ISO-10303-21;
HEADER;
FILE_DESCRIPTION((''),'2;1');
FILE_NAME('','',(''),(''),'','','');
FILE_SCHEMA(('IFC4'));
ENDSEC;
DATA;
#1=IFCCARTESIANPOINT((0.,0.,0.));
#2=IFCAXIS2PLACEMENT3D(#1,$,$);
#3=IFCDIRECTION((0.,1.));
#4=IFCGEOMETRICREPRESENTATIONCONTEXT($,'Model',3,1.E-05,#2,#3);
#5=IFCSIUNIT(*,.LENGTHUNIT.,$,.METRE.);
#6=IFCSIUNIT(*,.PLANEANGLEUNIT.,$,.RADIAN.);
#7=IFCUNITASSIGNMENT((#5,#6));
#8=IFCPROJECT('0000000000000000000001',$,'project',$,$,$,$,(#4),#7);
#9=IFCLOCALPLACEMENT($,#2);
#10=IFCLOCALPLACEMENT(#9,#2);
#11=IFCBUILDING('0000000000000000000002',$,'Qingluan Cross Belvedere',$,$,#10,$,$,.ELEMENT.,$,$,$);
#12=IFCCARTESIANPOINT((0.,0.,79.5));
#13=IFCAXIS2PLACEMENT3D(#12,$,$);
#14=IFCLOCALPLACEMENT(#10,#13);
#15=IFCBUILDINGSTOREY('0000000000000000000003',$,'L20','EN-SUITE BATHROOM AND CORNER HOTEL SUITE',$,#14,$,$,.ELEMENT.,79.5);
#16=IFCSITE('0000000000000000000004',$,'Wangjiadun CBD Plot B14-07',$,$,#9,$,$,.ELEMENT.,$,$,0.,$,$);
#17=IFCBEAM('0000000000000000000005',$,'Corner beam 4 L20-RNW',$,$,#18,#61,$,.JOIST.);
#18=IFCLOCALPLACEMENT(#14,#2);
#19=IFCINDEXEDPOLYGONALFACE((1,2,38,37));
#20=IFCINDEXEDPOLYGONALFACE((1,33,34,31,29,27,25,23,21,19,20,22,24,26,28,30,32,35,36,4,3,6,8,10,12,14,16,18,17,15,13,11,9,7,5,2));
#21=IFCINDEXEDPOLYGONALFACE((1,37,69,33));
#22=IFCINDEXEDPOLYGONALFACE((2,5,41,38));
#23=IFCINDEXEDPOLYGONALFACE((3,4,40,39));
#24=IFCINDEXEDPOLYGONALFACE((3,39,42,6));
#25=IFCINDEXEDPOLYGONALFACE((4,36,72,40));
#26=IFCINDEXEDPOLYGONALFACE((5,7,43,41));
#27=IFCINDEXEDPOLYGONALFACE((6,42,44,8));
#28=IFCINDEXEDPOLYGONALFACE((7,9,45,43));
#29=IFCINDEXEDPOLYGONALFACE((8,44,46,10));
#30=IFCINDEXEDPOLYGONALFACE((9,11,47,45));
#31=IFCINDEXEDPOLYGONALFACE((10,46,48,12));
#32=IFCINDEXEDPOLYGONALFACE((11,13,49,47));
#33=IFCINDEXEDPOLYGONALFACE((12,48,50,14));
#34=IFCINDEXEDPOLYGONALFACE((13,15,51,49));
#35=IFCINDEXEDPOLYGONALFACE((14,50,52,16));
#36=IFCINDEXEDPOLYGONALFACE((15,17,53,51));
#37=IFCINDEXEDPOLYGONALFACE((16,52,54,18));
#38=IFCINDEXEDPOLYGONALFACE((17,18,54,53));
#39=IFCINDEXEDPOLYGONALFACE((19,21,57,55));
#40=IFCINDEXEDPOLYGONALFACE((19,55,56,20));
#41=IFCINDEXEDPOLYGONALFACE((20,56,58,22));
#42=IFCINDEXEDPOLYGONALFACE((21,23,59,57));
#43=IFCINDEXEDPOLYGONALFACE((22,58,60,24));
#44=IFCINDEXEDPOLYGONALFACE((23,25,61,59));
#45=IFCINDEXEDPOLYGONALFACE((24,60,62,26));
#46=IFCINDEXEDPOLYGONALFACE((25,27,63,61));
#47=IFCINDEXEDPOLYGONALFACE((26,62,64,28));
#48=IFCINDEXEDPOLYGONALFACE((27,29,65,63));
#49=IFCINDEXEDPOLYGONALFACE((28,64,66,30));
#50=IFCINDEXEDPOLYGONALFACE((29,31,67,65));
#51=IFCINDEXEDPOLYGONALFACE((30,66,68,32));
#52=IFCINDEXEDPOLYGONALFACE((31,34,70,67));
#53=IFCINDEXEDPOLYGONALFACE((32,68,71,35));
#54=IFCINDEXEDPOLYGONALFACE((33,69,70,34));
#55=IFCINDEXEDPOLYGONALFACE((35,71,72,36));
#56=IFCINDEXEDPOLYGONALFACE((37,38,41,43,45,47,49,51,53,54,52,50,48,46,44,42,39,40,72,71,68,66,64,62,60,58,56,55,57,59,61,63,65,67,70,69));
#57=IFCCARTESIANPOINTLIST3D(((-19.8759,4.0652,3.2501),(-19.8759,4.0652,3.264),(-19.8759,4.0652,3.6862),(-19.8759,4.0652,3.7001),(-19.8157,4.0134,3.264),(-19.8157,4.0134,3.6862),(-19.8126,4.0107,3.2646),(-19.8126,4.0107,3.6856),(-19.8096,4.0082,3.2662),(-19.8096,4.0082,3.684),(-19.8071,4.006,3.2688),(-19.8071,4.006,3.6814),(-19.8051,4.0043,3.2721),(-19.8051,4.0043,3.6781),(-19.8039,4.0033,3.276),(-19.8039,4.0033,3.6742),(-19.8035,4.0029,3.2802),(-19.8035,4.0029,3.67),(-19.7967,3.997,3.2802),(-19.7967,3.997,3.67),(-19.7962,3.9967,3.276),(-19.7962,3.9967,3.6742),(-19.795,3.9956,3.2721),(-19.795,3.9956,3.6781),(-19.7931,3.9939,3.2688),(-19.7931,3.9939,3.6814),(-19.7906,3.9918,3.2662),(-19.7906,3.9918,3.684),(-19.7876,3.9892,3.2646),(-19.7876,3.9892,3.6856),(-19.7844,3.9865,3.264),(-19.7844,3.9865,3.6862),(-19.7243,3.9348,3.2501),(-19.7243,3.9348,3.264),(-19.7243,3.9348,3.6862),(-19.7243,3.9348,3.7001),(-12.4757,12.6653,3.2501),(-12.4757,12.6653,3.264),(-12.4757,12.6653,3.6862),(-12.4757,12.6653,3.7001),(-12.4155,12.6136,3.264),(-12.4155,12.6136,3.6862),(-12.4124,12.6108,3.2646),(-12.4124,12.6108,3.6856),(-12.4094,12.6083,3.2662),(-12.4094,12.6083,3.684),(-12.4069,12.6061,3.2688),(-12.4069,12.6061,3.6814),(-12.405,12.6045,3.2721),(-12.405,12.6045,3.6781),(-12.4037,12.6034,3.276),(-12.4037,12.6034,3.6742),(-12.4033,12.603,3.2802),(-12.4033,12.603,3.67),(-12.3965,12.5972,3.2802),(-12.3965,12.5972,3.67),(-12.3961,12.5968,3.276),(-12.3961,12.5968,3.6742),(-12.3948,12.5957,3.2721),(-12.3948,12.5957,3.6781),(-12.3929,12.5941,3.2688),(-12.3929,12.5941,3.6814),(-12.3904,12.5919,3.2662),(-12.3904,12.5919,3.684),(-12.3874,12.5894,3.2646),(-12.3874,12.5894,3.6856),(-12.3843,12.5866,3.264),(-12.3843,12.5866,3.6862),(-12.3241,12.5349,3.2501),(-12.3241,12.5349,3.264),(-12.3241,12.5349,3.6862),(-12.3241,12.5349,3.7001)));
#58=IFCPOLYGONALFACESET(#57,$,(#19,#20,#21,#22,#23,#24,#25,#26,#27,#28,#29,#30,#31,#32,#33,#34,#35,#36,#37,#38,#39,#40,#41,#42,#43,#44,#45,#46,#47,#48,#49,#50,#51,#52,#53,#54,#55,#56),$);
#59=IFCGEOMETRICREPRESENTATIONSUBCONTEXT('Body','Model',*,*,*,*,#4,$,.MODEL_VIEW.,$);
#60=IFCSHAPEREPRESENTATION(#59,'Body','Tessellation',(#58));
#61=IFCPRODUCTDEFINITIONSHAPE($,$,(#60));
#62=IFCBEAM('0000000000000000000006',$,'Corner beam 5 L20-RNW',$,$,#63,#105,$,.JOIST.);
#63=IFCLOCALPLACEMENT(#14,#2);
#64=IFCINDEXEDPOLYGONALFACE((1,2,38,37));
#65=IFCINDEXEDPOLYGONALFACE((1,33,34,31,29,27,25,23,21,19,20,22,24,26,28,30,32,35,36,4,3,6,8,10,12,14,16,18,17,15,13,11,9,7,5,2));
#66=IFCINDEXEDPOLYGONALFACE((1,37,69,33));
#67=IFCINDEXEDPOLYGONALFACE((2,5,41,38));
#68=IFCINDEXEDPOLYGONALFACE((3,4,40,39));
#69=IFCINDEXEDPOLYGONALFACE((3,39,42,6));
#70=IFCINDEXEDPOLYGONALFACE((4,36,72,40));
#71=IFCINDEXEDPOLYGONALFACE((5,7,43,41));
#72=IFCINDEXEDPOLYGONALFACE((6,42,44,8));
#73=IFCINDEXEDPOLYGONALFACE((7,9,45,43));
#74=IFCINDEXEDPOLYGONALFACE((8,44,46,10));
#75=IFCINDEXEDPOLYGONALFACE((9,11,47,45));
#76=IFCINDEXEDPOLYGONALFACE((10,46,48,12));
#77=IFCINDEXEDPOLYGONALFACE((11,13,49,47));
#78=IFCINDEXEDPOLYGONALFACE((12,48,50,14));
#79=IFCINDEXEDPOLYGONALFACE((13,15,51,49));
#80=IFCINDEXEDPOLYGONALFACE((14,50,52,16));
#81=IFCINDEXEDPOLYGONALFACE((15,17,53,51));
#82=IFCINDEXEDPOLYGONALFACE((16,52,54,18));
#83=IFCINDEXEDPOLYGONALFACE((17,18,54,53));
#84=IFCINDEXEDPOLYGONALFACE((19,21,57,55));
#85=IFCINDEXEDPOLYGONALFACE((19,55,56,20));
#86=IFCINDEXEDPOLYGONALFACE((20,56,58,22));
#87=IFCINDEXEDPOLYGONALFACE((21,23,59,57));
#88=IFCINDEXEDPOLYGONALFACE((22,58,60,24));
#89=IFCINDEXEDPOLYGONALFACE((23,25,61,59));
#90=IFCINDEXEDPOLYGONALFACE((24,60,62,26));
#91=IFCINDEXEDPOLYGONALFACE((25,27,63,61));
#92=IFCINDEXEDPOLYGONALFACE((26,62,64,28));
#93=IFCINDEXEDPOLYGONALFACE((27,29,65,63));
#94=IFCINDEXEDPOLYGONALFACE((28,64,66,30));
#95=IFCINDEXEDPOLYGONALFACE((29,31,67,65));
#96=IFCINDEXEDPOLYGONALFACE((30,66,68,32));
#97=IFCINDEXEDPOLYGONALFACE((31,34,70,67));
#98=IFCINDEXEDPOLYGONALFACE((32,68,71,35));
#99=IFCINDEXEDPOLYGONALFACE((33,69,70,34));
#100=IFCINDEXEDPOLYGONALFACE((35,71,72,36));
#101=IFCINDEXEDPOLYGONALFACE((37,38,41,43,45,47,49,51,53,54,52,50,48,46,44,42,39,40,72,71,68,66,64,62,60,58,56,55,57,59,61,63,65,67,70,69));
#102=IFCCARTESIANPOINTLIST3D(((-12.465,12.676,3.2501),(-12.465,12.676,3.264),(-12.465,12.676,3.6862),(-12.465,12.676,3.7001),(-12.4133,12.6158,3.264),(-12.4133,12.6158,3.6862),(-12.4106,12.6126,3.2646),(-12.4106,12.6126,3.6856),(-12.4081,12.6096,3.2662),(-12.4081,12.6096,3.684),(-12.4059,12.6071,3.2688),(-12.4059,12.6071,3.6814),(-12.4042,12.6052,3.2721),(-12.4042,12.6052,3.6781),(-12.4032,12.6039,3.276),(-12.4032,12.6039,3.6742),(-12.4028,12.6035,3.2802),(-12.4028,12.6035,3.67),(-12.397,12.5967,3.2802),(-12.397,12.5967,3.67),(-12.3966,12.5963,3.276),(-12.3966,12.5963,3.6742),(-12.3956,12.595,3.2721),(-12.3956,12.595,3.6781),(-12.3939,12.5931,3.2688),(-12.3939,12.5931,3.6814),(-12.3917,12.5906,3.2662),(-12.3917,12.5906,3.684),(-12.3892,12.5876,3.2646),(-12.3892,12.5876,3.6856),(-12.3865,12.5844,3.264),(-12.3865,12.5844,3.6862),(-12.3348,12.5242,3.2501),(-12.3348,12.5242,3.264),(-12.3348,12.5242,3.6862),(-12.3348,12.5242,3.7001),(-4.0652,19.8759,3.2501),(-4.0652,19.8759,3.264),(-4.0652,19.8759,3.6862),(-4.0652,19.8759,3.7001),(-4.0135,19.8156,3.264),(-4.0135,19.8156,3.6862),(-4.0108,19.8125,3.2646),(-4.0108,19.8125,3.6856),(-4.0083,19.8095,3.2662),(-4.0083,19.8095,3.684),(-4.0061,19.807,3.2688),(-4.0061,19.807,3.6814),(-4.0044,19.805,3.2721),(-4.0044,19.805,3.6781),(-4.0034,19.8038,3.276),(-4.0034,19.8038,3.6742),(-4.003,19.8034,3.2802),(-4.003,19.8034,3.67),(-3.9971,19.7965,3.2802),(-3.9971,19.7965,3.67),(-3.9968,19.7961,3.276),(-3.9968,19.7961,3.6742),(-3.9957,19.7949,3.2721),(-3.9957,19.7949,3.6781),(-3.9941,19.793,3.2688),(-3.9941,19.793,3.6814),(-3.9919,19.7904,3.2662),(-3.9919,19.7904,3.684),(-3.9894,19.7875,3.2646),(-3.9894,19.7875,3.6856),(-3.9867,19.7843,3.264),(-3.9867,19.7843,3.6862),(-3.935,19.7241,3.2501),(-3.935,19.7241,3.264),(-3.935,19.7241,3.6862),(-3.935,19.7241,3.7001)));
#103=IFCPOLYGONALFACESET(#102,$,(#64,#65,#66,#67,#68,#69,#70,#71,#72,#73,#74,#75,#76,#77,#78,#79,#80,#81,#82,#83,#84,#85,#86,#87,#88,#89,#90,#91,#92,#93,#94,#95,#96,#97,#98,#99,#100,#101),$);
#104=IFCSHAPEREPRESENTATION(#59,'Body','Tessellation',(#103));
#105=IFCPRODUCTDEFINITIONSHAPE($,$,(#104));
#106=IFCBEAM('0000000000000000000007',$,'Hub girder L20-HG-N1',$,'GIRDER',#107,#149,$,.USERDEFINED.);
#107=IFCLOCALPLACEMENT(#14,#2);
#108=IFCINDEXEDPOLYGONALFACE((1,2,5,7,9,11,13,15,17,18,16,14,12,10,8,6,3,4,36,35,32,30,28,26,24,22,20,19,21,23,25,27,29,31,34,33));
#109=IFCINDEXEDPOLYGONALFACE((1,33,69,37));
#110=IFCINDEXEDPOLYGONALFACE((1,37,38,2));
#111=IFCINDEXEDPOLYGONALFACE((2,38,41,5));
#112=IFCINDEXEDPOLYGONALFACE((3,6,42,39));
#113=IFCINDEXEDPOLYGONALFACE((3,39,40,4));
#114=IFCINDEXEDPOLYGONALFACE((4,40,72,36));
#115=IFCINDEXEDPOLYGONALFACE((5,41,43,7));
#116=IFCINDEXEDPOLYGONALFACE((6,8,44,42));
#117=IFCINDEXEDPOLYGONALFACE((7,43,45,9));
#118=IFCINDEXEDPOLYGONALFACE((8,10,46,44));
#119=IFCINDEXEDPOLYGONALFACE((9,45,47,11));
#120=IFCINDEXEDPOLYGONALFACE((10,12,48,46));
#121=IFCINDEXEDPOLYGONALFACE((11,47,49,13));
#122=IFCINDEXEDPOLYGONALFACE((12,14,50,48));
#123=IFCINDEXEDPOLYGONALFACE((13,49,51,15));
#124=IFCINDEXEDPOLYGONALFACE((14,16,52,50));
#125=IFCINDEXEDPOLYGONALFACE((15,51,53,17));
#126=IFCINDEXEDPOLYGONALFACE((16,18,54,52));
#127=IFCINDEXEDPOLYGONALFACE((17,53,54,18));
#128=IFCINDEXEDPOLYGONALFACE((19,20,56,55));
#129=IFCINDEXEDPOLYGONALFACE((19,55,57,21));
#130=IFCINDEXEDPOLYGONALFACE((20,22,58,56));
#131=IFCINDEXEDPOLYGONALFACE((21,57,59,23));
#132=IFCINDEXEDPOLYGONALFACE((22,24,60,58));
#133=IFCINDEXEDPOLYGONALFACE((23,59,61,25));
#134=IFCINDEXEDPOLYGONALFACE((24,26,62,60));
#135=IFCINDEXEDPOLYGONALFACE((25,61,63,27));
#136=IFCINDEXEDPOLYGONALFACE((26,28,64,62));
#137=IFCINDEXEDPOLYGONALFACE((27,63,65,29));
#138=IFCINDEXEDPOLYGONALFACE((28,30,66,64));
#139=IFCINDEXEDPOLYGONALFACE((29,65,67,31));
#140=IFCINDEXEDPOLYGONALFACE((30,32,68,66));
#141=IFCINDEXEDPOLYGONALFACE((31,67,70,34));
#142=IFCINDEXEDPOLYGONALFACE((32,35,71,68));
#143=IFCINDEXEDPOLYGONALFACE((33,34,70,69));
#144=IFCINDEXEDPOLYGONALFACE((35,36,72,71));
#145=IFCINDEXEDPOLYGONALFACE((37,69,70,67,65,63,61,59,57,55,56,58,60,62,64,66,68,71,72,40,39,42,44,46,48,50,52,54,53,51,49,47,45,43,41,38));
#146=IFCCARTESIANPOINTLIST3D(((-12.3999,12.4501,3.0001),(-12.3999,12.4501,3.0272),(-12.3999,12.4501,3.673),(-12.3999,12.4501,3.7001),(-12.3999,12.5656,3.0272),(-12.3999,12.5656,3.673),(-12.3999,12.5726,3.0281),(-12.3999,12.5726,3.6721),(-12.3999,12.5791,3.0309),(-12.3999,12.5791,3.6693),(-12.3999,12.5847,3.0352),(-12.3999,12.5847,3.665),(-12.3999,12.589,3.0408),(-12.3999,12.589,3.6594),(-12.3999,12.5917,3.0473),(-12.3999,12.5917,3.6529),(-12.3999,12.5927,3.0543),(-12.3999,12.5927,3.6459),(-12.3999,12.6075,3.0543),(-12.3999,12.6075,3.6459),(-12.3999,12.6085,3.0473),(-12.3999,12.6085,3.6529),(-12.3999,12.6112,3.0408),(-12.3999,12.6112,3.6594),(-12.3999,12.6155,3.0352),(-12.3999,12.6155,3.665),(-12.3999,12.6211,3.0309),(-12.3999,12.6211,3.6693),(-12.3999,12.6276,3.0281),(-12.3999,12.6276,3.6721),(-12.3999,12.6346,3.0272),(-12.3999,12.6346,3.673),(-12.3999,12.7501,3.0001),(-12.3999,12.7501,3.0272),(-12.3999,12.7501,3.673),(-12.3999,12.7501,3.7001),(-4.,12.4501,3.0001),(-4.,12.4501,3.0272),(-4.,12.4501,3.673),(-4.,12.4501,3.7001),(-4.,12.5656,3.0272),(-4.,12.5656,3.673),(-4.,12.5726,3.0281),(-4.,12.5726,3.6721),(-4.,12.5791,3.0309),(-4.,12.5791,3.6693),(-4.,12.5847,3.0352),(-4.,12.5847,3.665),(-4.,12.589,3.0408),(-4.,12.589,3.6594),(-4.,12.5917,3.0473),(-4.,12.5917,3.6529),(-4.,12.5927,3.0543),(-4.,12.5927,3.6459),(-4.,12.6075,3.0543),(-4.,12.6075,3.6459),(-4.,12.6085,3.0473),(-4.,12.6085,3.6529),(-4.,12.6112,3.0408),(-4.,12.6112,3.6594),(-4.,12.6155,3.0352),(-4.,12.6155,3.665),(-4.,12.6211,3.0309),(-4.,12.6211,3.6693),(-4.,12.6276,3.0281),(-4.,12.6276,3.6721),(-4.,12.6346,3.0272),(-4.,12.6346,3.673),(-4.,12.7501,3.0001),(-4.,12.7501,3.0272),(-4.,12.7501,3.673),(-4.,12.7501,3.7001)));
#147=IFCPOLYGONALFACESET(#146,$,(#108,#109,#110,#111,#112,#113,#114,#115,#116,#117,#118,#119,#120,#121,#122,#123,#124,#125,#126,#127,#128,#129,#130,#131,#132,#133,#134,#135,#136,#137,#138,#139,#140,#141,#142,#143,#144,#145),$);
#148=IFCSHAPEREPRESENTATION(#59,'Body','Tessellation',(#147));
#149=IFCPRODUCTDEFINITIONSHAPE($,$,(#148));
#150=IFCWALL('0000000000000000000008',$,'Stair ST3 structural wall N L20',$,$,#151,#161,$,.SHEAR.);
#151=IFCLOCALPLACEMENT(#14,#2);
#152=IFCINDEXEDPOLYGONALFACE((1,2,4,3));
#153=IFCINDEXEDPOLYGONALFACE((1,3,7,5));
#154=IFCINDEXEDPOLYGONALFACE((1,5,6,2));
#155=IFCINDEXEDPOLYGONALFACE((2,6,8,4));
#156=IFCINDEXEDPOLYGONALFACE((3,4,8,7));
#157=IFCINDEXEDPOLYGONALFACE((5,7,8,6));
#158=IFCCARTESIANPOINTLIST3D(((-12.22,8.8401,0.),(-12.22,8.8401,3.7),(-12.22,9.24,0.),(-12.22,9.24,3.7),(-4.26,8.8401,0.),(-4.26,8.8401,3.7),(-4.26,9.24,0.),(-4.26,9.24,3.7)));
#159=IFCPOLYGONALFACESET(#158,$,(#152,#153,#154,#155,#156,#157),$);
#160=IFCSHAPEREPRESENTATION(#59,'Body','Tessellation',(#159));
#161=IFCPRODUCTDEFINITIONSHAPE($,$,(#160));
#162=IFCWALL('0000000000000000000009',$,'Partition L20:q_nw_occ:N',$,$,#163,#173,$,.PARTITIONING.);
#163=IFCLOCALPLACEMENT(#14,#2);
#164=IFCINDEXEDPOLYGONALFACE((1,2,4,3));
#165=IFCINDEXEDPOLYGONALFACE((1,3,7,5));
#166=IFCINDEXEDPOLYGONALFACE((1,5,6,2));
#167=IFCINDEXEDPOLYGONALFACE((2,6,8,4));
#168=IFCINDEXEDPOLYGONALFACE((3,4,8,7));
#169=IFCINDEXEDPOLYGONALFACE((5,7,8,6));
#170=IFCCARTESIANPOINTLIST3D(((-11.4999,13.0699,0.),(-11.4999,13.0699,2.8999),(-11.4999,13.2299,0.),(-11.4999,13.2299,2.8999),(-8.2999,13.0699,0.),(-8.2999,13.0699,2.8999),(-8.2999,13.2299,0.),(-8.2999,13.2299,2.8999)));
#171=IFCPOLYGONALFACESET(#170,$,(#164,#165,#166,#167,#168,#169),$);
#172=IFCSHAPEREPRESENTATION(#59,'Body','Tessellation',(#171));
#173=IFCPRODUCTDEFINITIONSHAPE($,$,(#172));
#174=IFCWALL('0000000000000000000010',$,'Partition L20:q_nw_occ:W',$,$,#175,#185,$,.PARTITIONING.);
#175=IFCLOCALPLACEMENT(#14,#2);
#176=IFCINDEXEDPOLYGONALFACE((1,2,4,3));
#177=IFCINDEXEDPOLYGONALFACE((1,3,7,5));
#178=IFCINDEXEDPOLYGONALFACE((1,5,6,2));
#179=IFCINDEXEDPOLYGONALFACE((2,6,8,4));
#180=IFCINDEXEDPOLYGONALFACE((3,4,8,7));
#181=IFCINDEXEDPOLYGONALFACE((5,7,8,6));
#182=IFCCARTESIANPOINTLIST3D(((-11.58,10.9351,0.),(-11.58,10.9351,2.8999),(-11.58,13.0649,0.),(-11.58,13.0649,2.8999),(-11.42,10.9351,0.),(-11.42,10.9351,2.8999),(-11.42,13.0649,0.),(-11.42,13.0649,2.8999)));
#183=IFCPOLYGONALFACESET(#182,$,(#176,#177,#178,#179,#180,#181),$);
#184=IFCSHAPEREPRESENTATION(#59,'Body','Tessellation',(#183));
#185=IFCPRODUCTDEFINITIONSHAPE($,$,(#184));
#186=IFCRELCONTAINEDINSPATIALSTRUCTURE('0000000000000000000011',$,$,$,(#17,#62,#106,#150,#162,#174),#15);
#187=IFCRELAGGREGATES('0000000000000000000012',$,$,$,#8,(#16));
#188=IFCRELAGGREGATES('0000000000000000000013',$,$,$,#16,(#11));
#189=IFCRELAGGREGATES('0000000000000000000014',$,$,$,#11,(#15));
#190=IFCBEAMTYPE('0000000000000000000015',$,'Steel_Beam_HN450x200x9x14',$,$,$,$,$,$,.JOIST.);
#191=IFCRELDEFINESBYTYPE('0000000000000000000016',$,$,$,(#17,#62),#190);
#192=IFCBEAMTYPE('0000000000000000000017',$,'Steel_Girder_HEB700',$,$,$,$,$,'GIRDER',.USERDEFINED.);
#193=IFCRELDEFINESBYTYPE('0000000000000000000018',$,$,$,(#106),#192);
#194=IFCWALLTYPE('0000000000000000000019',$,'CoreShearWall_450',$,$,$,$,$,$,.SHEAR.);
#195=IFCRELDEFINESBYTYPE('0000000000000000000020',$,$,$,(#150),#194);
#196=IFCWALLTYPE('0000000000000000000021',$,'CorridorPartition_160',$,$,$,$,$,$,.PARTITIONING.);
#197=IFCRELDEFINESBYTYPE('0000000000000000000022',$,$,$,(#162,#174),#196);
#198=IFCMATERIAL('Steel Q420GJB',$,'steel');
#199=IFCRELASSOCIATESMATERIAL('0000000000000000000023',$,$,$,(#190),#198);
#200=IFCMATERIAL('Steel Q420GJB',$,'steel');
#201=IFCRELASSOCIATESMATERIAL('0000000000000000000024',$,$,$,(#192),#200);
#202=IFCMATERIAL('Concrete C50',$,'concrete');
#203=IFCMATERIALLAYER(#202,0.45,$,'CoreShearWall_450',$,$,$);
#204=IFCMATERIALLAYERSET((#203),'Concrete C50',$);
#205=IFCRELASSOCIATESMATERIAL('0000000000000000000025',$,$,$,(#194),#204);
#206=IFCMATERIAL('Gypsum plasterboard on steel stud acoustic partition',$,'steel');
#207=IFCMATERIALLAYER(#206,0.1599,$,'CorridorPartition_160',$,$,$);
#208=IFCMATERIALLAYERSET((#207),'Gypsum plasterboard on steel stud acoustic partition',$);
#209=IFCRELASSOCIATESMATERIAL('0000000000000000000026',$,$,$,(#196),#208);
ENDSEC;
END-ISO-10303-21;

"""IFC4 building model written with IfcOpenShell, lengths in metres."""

from ifc_helpers import new_model, si_unit, direction, frame, frame_2d, origin, origin_2d, place, context, subcontext, project, spatial, rectangle, i_section, extrude, material, layer, layer_set, material_profile, profile_set, type_object, element, save


model = new_model("IFC4")

# Units and contexts
model_context = context("Model", 3, precision=1e-05, world=origin(), true_north=direction((0.0, 1.0)))
body_context = subcontext(model_context, "Body", "Model", "MODEL_VIEW")
ifc_project = project(units=[si_unit("LENGTHUNIT", "METRE"), si_unit("PLANEANGLEUNIT", "RADIAN")], contexts=[model_context])

# Site, building, storey
site_placement = place(None, origin())
site = spatial("IfcSite", under=ifc_project, at=site_placement, Name="Wangjiadun CBD Plot B14-07", CompositionType="ELEMENT", RefElevation=0.0)
building_placement = place(site_placement, origin())
building = spatial("IfcBuilding", under=site, at=building_placement, Name="Qingluan Cross Belvedere", CompositionType="ELEMENT")
storey_placement = place(building_placement, frame((0.0, 0.0, 79.5)))
storey = spatial("IfcBuildingStorey", under=building, at=storey_placement, Name="L20", Description="EN-SUITE BATHROOM AND CORNER HOTEL SUITE", CompositionType="ELEMENT", Elevation=79.5)

# Beams
ifc_material_1 = material(Name="Steel Q420GJB", Category="steel")
ifc_material_profile_1 = material_profile(ifc_material_1, i_section(OverallWidth=0.2, OverallDepth=0.45, WebThickness=0.009, FlangeThickness=0.0139, FilletRadius=0.0161, at=origin_2d()), Name="HN450x200x9x14")
ifc_profile_set_1 = profile_set([ifc_material_profile_1], Name="Steel Q420GJB")
beam_type_1 = type_object("IfcBeamType", Name="Steel_Beam_HN450x200x9x14", PredefinedType="JOIST", material=ifc_profile_set_1)
beam_1_placement = place(storey_placement, frame((-12.3999, 12.6001, 3.4751), z_axis=(-0.652245, -0.758008, 0.0), x_axis=(0.758008, -0.652245, 0.0)))
element("IfcBeam", 1, at=beam_1_placement, inside=storey, type_object=beam_type_1, Name="Corner beam 4 L20-RNW", PredefinedType="JOIST", context=body_context, shape_type="SweptSolid", body=[
    extrude(i_section(OverallWidth=0.2, OverallDepth=0.45, WebThickness=0.009, FlangeThickness=0.0139, FilletRadius=0.0161, at=origin_2d()), origin(), (0.0, 0.0, 1.0), 11.3457),
])
beam_2_placement = place(storey_placement, frame((-12.3999, 12.6001, 3.4751), z_axis=(0.759255, 0.650793, 0.0), x_axis=(-0.650793, 0.759255, 0.0)))
element("IfcBeam", 2, at=beam_2_placement, inside=storey, type_object=beam_type_1, Name="Corner beam 5 L20-RNW", PredefinedType="JOIST", context=body_context, shape_type="SweptSolid", body=[
    extrude(i_section(OverallWidth=0.2, OverallDepth=0.45, WebThickness=0.009, FlangeThickness=0.0139, FilletRadius=0.0161, at=origin_2d()), origin(), (0.0, 0.0, 1.0), 11.0632),
])
ifc_material_2 = material(Name="Steel Q420GJB", Category="steel")
ifc_material_profile_2 = material_profile(ifc_material_2, i_section(OverallWidth=0.3, OverallDepth=0.7, WebThickness=0.0149, FlangeThickness=0.0271, FilletRadius=0.0271, at=origin_2d()), Name="HEB700")
ifc_profile_set_2 = profile_set([ifc_material_profile_2], Name="Steel Q420GJB")
beam_type_2 = type_object("IfcBeamType", Name="Steel_Girder_HEB700", ElementType="GIRDER", PredefinedType="USERDEFINED", material=ifc_profile_set_2)
beam_3_placement = place(storey_placement, frame((-12.3999, 12.6001, 3.3501), z_axis=(1.0, 0.0, 0.0), x_axis=(0.0, 1.0, 0.0)))
element("IfcBeam", 3, at=beam_3_placement, inside=storey, type_object=beam_type_2, Name="Hub girder L20-HG-N1", ObjectType="GIRDER", PredefinedType="USERDEFINED", context=body_context, shape_type="SweptSolid", body=[
    extrude(i_section(OverallWidth=0.3, OverallDepth=0.7, WebThickness=0.0149, FlangeThickness=0.0271, FilletRadius=0.0271, at=origin_2d()), origin(), (0.0, 0.0, 1.0), 8.3999),
])

# Wall
ifc_material_3 = material(Name="Concrete C50", Category="concrete")
ifc_layer_1 = layer(ifc_material_3, 0.45, Name="CoreShearWall_450")
ifc_layer_set_1 = layer_set([ifc_layer_1], Name="Concrete C50")
wall_type_1 = type_object("IfcWallType", Name="CoreShearWall_450", PredefinedType="SHEAR", material=ifc_layer_set_1)
wall_1_placement = place(storey_placement, frame((-12.22, 9.04, 0.0), z_axis=(0.0, 0.0, 1.0), x_axis=(1.0, 0.0, 0.0)))
element("IfcWall", 4, at=wall_1_placement, inside=storey, type_object=wall_type_1, Name="Stair ST3 structural wall N L20", PredefinedType="SHEAR", context=body_context, shape_type="SweptSolid", body=[
    extrude(rectangle(XDim=7.96, YDim=0.3999, at=frame_2d((3.98, 0.0))), origin(), (0.0, 0.0, 1.0), 3.7),
])

# Shared definitions
ifc_material_4 = material(Name="Gypsum plasterboard on steel stud acoustic partition", Category="steel")
ifc_layer_2 = layer(ifc_material_4, 0.1599, Name="CorridorPartition_160")
ifc_layer_set_2 = layer_set([ifc_layer_2], Name="Gypsum plasterboard on steel stud acoustic partition")
wall_type_2 = type_object("IfcWallType", Name="CorridorPartition_160", PredefinedType="PARTITIONING", material=ifc_layer_set_2)

# Walls
wall_2_placement = place(storey_placement, frame((-11.5, 13.1499, 0.0), z_axis=(0.0, 0.0, 1.0), x_axis=(1.0, 0.0, 0.0)))
element("IfcWall", 5, at=wall_2_placement, inside=storey, type_object=wall_type_2, Name="Partition L20:q_nw_occ:N", PredefinedType="PARTITIONING", context=body_context, shape_type="SweptSolid", body=[
    extrude(rectangle(XDim=3.2, YDim=0.1599, at=frame_2d((1.6001, 0.0))), origin(), (0.0, 0.0, 1.0), 2.8999),
])
wall_3_placement = place(storey_placement, frame((-11.5, 10.9351, 0.0), z_axis=(0.0, 0.0, 1.0), x_axis=(0.0, 1.0, 0.0)))
element("IfcWall", 6, at=wall_3_placement, inside=storey, type_object=wall_type_2, Name="Partition L20:q_nw_occ:W", PredefinedType="PARTITIONING", context=body_context, shape_type="SweptSolid", body=[
    extrude(rectangle(XDim=2.1299, YDim=0.1599, at=frame_2d((1.0649, 0.0))), origin(), (0.0, 0.0, 1.0), 2.8999),
])

save(model, "model.ifc")
